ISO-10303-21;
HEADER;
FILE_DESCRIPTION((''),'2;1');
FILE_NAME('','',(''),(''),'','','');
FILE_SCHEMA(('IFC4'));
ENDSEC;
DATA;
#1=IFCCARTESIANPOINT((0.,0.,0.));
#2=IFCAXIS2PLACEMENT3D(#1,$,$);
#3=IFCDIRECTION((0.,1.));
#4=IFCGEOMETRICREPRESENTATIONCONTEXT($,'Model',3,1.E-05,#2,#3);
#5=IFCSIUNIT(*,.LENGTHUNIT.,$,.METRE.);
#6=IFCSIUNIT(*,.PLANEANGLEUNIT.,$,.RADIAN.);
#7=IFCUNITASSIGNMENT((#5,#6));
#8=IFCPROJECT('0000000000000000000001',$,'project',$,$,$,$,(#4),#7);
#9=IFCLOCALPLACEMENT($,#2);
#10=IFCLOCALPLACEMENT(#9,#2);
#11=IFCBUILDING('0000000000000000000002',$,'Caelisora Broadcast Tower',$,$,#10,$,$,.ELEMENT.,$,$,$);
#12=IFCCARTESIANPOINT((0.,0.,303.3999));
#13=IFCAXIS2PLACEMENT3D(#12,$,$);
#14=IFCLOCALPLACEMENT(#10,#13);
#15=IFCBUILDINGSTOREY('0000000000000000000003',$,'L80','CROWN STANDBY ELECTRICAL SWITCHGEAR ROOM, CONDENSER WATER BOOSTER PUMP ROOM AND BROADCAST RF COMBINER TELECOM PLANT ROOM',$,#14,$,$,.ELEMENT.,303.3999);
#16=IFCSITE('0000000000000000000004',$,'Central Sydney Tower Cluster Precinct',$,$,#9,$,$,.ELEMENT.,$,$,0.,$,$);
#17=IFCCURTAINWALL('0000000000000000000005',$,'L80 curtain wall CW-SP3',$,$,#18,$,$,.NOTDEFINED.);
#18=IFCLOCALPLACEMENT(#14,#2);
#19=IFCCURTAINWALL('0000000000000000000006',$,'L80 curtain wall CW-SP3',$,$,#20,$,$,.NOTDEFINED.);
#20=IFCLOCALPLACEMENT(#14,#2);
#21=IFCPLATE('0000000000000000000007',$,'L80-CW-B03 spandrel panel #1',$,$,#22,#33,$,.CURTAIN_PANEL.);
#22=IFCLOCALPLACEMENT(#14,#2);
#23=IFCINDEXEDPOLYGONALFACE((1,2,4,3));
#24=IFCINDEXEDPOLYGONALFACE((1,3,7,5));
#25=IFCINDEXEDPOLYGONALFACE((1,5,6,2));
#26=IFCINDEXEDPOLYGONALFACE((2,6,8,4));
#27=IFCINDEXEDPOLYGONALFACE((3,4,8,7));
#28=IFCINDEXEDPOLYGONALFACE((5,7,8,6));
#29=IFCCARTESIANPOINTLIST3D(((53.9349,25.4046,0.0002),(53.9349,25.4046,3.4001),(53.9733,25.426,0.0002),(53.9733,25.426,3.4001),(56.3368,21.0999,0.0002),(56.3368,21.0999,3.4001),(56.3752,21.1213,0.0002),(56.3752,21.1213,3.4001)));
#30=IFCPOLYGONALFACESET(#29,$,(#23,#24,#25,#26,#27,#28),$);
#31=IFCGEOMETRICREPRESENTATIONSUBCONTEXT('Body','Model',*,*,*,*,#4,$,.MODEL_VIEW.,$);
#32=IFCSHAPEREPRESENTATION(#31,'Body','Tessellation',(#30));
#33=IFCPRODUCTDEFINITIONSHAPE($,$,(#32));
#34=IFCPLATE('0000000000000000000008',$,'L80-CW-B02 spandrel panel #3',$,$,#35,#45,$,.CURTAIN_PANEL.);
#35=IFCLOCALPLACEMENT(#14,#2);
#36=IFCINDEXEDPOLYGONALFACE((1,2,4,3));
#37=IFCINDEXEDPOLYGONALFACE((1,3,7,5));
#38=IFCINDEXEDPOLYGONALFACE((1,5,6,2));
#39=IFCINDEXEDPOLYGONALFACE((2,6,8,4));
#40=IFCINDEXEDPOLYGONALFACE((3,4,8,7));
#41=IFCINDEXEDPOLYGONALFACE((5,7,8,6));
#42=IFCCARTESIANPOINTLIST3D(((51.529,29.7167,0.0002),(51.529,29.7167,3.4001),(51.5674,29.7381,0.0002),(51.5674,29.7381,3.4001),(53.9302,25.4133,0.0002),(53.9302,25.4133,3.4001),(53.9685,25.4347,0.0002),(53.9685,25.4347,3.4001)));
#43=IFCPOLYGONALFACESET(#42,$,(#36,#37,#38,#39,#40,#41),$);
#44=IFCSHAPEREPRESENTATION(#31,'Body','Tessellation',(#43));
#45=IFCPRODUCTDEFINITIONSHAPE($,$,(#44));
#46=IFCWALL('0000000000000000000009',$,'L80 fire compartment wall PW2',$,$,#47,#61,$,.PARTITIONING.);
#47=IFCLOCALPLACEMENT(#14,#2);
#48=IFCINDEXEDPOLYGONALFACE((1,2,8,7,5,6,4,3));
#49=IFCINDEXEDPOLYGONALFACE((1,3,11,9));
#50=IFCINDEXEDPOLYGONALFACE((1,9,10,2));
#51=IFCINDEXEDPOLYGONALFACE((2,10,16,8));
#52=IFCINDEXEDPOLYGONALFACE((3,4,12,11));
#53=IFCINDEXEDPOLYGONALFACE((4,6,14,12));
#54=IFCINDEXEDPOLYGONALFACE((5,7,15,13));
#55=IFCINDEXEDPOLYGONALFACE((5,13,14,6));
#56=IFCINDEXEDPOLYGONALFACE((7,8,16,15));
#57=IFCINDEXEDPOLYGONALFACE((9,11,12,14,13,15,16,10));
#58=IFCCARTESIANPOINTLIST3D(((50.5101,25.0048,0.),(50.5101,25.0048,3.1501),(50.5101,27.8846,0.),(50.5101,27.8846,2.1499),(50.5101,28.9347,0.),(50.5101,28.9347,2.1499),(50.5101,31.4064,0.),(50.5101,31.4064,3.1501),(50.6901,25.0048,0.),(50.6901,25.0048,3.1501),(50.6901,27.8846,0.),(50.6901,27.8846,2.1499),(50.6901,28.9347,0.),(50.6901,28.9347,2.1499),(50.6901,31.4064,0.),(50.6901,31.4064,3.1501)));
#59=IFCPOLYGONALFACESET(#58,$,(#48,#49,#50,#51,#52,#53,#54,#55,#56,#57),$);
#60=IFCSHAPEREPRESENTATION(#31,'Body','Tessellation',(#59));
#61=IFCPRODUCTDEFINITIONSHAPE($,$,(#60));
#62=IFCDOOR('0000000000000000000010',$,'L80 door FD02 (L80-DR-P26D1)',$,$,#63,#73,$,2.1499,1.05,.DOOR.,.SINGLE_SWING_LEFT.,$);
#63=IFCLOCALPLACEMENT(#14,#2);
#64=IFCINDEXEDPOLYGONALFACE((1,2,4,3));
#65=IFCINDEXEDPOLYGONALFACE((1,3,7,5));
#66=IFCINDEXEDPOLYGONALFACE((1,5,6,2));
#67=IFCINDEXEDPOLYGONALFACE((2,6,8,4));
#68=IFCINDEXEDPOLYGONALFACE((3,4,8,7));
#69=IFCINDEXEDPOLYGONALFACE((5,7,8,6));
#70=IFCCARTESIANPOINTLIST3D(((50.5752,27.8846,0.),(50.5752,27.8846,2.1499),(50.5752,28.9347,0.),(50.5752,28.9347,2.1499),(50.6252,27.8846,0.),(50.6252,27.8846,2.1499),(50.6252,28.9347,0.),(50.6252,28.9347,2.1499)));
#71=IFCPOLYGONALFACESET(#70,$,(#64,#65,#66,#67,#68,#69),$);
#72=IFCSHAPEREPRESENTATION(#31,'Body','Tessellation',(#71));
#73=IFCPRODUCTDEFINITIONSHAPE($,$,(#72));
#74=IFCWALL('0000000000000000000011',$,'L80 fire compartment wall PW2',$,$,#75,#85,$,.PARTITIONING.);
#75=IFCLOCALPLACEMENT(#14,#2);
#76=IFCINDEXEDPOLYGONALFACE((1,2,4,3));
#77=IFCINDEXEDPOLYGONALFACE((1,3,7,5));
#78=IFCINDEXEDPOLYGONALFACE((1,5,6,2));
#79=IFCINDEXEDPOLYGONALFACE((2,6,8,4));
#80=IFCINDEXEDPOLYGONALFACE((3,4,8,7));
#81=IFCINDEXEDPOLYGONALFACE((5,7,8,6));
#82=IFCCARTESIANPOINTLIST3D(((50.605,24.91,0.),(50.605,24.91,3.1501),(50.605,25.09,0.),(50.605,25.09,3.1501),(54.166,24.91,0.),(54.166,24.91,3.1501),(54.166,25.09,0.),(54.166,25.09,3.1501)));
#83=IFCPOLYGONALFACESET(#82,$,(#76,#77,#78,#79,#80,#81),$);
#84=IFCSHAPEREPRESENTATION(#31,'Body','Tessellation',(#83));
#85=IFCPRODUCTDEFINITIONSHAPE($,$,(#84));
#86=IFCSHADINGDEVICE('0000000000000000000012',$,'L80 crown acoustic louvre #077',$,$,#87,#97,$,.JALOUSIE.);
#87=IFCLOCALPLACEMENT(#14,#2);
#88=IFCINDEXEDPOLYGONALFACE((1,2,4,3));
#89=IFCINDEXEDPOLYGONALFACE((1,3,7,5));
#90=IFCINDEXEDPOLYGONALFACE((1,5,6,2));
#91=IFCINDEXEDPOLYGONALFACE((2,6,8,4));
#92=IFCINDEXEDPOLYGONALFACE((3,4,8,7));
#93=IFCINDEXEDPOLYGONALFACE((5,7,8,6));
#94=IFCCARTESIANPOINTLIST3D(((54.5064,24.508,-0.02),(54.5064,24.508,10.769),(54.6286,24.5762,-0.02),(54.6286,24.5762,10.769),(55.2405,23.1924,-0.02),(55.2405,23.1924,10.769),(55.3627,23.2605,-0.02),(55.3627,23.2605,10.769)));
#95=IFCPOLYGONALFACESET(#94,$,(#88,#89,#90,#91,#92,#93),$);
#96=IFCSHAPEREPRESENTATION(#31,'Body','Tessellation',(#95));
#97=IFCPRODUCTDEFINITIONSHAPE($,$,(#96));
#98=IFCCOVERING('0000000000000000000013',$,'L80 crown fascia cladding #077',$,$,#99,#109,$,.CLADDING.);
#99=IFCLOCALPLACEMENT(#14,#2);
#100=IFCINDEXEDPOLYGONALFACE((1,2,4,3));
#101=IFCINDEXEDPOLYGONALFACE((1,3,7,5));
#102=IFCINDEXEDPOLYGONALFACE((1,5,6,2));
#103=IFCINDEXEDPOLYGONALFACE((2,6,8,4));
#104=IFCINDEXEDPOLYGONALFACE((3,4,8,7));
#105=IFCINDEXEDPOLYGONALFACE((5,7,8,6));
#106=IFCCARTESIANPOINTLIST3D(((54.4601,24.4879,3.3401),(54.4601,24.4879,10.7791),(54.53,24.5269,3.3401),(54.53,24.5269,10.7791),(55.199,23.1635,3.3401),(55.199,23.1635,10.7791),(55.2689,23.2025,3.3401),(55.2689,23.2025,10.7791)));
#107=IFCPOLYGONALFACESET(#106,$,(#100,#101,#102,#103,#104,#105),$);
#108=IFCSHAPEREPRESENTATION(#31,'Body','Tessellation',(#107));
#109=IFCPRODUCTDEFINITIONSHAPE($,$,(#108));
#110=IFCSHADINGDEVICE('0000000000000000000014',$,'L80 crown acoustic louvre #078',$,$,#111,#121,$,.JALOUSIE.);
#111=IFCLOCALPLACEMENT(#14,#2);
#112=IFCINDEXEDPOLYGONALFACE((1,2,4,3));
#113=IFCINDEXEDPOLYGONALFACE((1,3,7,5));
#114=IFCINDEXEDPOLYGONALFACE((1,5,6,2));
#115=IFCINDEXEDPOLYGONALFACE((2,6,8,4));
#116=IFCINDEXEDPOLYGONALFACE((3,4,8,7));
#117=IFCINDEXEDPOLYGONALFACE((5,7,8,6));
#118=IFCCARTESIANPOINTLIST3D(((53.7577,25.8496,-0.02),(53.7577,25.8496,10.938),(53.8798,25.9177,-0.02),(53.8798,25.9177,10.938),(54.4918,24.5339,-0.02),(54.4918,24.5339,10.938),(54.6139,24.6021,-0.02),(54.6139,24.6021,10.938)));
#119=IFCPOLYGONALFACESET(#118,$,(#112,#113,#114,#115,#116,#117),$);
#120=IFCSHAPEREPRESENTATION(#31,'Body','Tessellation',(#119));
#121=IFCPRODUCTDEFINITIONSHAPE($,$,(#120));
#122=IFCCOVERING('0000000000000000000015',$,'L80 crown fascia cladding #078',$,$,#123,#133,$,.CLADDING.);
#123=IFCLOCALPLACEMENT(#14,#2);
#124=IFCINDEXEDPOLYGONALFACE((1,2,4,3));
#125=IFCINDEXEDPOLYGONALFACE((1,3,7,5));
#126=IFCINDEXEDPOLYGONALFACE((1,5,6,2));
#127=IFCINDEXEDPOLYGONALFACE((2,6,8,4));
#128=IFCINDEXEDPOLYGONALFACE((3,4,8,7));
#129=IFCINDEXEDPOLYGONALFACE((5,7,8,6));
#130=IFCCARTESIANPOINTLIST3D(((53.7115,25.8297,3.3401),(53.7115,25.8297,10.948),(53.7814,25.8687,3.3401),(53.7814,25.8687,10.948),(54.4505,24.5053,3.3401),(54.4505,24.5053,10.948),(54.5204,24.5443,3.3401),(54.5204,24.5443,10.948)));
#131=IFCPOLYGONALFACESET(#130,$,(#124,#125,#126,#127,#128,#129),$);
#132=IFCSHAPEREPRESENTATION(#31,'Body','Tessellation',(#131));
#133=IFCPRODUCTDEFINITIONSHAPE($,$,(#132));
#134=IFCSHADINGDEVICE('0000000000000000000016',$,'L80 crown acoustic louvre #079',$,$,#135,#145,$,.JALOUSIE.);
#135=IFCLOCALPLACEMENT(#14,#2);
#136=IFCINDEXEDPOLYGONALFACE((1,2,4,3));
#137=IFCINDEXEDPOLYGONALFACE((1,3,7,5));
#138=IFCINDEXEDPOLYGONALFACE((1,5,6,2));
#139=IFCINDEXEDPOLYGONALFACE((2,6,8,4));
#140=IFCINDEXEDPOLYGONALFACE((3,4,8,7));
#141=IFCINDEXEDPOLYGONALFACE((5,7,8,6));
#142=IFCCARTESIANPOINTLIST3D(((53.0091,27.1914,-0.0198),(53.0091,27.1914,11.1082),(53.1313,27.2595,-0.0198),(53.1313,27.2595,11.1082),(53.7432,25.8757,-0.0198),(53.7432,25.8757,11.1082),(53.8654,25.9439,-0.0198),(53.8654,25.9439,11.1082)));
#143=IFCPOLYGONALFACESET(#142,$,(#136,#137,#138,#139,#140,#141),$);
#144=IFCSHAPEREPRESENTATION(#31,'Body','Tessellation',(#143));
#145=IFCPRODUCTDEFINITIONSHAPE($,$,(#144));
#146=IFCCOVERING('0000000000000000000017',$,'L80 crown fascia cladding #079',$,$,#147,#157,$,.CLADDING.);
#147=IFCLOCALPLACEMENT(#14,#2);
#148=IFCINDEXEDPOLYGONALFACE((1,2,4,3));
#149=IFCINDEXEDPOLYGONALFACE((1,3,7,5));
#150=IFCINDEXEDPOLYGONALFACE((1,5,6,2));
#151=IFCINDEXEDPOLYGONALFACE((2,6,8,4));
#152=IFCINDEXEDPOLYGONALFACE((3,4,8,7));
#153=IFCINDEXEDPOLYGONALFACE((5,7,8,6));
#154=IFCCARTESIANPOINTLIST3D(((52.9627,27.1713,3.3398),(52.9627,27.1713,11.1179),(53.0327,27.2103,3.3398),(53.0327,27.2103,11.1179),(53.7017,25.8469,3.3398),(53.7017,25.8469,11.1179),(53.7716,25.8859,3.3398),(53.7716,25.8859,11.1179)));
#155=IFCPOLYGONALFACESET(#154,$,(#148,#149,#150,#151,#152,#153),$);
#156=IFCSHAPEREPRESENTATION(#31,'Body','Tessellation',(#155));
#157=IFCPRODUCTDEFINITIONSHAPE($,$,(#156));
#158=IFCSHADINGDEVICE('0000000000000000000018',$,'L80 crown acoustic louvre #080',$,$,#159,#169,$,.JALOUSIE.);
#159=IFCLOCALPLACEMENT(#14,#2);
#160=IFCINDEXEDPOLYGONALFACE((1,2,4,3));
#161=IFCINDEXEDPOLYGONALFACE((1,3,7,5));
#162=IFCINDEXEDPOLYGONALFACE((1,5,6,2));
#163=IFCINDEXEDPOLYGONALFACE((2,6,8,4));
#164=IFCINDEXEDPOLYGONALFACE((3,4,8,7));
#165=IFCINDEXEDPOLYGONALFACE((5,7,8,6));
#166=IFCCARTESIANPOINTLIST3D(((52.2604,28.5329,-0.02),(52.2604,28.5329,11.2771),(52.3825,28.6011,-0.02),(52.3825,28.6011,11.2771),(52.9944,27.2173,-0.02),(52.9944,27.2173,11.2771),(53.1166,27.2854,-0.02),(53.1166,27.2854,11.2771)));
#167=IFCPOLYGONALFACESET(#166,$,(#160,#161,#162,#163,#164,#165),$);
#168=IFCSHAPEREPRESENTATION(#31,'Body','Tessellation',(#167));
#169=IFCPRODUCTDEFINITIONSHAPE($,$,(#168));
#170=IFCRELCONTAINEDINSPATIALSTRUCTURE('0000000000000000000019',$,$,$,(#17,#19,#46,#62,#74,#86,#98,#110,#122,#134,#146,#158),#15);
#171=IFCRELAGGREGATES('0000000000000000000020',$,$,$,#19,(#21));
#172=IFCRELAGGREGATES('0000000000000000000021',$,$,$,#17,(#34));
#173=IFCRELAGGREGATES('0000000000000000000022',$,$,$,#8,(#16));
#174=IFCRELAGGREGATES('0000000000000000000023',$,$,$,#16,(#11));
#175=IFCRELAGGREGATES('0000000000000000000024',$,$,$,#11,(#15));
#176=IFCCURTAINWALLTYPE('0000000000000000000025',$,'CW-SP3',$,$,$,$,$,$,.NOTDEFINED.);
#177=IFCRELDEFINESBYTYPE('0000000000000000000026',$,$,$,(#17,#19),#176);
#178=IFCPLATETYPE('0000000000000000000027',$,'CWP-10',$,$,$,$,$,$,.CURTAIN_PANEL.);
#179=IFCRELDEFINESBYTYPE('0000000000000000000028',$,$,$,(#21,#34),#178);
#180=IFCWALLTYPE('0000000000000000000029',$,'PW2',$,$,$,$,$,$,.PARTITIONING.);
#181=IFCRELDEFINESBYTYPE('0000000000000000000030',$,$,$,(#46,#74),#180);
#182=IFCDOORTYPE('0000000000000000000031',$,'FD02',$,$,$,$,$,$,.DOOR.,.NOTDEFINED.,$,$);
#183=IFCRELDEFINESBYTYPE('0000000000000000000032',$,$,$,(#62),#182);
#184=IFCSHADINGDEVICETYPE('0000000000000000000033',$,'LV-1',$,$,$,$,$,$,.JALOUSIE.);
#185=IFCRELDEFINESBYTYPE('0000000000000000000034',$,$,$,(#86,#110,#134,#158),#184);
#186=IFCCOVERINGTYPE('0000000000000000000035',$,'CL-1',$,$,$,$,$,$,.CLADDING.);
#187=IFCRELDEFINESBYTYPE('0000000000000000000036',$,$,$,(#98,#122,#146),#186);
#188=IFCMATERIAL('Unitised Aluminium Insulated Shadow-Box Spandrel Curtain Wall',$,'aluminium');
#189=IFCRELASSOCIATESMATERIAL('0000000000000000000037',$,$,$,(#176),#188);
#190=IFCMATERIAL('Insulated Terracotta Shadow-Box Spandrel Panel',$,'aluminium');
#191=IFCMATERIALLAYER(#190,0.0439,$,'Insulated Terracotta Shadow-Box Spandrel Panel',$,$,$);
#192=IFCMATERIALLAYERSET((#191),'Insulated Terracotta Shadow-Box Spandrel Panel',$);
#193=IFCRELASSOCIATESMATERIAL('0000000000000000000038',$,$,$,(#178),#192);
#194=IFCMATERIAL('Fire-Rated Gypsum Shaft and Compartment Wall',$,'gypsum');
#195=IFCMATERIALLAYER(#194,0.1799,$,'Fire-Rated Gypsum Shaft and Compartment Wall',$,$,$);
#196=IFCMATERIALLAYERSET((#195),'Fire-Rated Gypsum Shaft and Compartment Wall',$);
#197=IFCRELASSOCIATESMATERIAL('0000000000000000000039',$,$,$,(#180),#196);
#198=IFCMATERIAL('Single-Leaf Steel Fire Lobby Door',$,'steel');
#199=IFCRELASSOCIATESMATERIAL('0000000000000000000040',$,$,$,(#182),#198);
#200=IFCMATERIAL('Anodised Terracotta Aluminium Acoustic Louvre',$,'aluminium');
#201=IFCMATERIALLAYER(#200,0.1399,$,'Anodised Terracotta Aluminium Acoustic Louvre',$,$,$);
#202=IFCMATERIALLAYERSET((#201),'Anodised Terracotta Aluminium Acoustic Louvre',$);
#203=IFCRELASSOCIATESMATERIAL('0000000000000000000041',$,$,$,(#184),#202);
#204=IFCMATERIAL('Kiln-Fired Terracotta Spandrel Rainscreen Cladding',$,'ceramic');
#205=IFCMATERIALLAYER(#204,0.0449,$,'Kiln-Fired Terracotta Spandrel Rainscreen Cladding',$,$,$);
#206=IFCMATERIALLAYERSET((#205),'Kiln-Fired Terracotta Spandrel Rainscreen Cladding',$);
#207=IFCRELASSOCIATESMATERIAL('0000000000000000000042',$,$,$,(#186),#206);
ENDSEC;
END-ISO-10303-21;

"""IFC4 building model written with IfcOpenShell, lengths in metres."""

from ifc_helpers import new_model, si_unit, direction, frame, frame_2d, origin, origin_2d, place, context, subcontext, project, spatial, rectangle, extrude, source, transform, mapped, material, layer, layer_set, type_object, type_shapes, element, fill, aggregate, save


model = new_model("IFC4")

# Units and contexts
model_context = context("Model", 3, precision=1e-05, world=origin(), true_north=direction((0.0, 1.0)))
body_context = subcontext(model_context, "Body", "Model", "MODEL_VIEW")
ifc_project = project(units=[si_unit("LENGTHUNIT", "METRE"), si_unit("PLANEANGLEUNIT", "RADIAN")], contexts=[model_context])

# Site, building, storey
site_placement = place(None, origin())
site = spatial("IfcSite", under=ifc_project, at=site_placement, Name="Central Sydney Tower Cluster Precinct", CompositionType="ELEMENT", RefElevation=0.0)
building_placement = place(site_placement, origin())
building = spatial("IfcBuilding", under=site, at=building_placement, Name="Caelisora Broadcast Tower", CompositionType="ELEMENT")
storey_placement = place(building_placement, frame((0.0, 0.0, 303.3999)))
storey = spatial("IfcBuildingStorey", under=building, at=storey_placement, Name="L80", Description="CROWN STANDBY ELECTRICAL SWITCHGEAR ROOM, CONDENSER WATER BOOSTER PUMP ROOM AND BROADCAST RF COMBINER TELECOM PLANT ROOM", CompositionType="ELEMENT", Elevation=303.3999)

# Curtain walls
ifc_material_1 = material(Name="Unitised Aluminium Insulated Shadow-Box Spandrel Curtain Wall", Category="aluminium")
curtain_wall_type = type_object("IfcCurtainWallType", Name="CW-SP3", PredefinedType="NOTDEFINED", material=ifc_material_1)
curtain_wall_1_placement = place(storey_placement, origin())
curtain_wall_1 = element("IfcCurtainWall", 1, at=curtain_wall_1_placement, inside=storey, type_object=curtain_wall_type, Name="L80 curtain wall CW-SP3", PredefinedType="NOTDEFINED")
curtain_wall_2_placement = place(storey_placement, origin())
curtain_wall_2 = element("IfcCurtainWall", 2, at=curtain_wall_2_placement, inside=storey, type_object=curtain_wall_type, Name="L80 curtain wall CW-SP3", PredefinedType="NOTDEFINED")

# Plates
ifc_material_2 = material(Name="Insulated Terracotta Shadow-Box Spandrel Panel", Category="aluminium")
ifc_layer_1 = layer(ifc_material_2, 0.0439, Name="Insulated Terracotta Shadow-Box Spandrel Panel")
ifc_layer_set_1 = layer_set([ifc_layer_1], Name="Insulated Terracotta Shadow-Box Spandrel Panel")
plate_type_1 = type_object("IfcPlateType", Name="CWP-10", PredefinedType="CURTAIN_PANEL", material=ifc_layer_set_1)
shared_shape_1 = source(origin(), body_context, "Body", "SweptSolid", [
    extrude(rectangle(XDim=4.9294, YDim=0.0439, at=origin_2d()), origin(), (0.0, 0.0, 1.0), 3.3999),
])
plate_1_placement = place(storey_placement, frame((55.155, 23.2629, 0.0002), z_axis=(0.0, 0.0, 1.0), x_axis=(0.48725, -0.873262, 0.0)))
plate_1 = element("IfcPlate", 3, at=plate_1_placement, type_object=plate_type_1, Name="L80-CW-B03 spandrel panel #1", PredefinedType="CURTAIN_PANEL", context=body_context, shape_type="MappedRepresentation", body=[
    mapped(shared_shape_1, transform((0.0, 0.0, 0.0), scale=1.0)),
])
aggregate(curtain_wall_2, [plate_1])
shared_shape_2 = source(origin(), body_context, "Body", "SweptSolid", [
    extrude(rectangle(XDim=4.928, YDim=0.0439, at=origin_2d()), origin(), (0.0, 0.0, 1.0), 3.3999),
])
type_shapes(plate_type_1, [shared_shape_1, shared_shape_2])
plate_2_placement = place(storey_placement, frame((52.7488, 27.5757, 0.0002), z_axis=(0.0, 0.0, 1.0), x_axis=(0.48725, -0.873262, 0.0)))
plate_2 = element("IfcPlate", 4, at=plate_2_placement, type_object=plate_type_1, Name="L80-CW-B02 spandrel panel #3", PredefinedType="CURTAIN_PANEL", context=body_context, shape_type="MappedRepresentation", body=[
    mapped(shared_shape_2, transform((0.0, 0.0, 0.0), scale=1.0)),
])
aggregate(curtain_wall_1, [plate_2])

# Wall, opening, door
ifc_material_3 = material(Name="Fire-Rated Gypsum Shaft and Compartment Wall", Category="gypsum")
ifc_layer_2 = layer(ifc_material_3, 0.1799, Name="Fire-Rated Gypsum Shaft and Compartment Wall")
ifc_layer_set_2 = layer_set([ifc_layer_2], Name="Fire-Rated Gypsum Shaft and Compartment Wall")
wall_type = type_object("IfcWallType", Name="PW2", PredefinedType="PARTITIONING", material=ifc_layer_set_2)
wall_1_placement = place(storey_placement, frame((50.6001, 25.0049, 0.0), z_axis=(0.0, 0.0, 1.0), x_axis=(0.0, 1.0, 0.0)))
wall_1 = element("IfcWall", 5, at=wall_1_placement, inside=storey, type_object=wall_type, Name="L80 fire compartment wall PW2", PredefinedType="PARTITIONING", context=body_context, shape_type="SweptSolid", body=[
    extrude(rectangle(XDim=6.4016, YDim=0.1799, at=frame_2d((3.2007, 0.0))), origin(), (0.0, 0.0, 1.0), 3.1501),
])
opening_placement = place(wall_1_placement, frame((2.8799, 0.0, 0.0)))
opening = element("IfcOpeningElement", 6, at=opening_placement, cuts=wall_1, PredefinedType="OPENING", context=body_context, shape_type="SweptSolid", body=[
    extrude(rectangle(XDim=1.05, YDim=2.1499, at=frame_2d((0.5249, 1.075))), frame((0.0, 0.1021, 0.0), z_axis=(0.0, -1.0, 0.0), x_axis=(1.0, 0.0, 0.0)), (0.0, 0.0, 1.0), 0.2039),
])
ifc_material_4 = material(Name="Single-Leaf Steel Fire Lobby Door", Category="steel")
door_type = type_object("IfcDoorType", Name="FD02", OperationType="NOTDEFINED", PredefinedType="DOOR", material=ifc_material_4)
door_placement = place(opening_placement, origin())
door = element("IfcDoor", 7, at=door_placement, inside=storey, type_object=door_type, Name="L80 door FD02 (L80-DR-P26D1)", OperationType="SINGLE_SWING_LEFT", OverallHeight=2.1499, OverallWidth=1.05, PredefinedType="DOOR", context=body_context, shape_type="SweptSolid", body=[
    extrude(rectangle(XDim=1.05, YDim=2.1499, at=frame_2d((0.5249, 1.075))), frame((0.0, 0.0249, 0.0), z_axis=(0.0, -1.0, 0.0), x_axis=(1.0, 0.0, 0.0)), (0.0, 0.0, 1.0), 0.05),
])
fill(opening, door)

# Wall
wall_2_placement = place(storey_placement, frame((50.605, 25.0, 0.0), z_axis=(0.0, 0.0, 1.0), x_axis=(1.0, 0.0, 0.0)))
element("IfcWall", 8, at=wall_2_placement, inside=storey, type_object=wall_type, Name="L80 fire compartment wall PW2", PredefinedType="PARTITIONING", context=body_context, shape_type="SweptSolid", body=[
    extrude(rectangle(XDim=3.561, YDim=0.1799, at=frame_2d((1.7805, 0.0))), origin(), (0.0, 0.0, 1.0), 3.1501),
])

# Shading device
ifc_material_5 = material(Name="Anodised Terracotta Aluminium Acoustic Louvre", Category="aluminium")
ifc_layer_3 = layer(ifc_material_5, 0.1399, Name="Anodised Terracotta Aluminium Acoustic Louvre")
ifc_layer_set_3 = layer_set([ifc_layer_3], Name="Anodised Terracotta Aluminium Acoustic Louvre")
shading_device_type = type_object("IfcShadingDeviceType", Name="LV-1", PredefinedType="JALOUSIE", material=ifc_layer_set_3)
shared_shape_3 = source(origin(), body_context, "Body", "SweptSolid", [
    extrude(rectangle(XDim=1.5066, YDim=0.1399, at=origin_2d()), origin(), (0.0, 0.0, 1.0), 10.7891),
])
shading_device_1_placement = place(storey_placement, frame((54.9346, 23.8843, -0.02), z_axis=(0.0, 0.0, 1.0), x_axis=(-0.48725, 0.873262, 0.0)))
element("IfcShadingDevice", 9, at=shading_device_1_placement, inside=storey, type_object=shading_device_type, Name="L80 crown acoustic louvre #077", PredefinedType="JALOUSIE", context=body_context, shape_type="MappedRepresentation", body=[
    mapped(shared_shape_3, transform((0.0, 0.0, 0.0), scale=1.0)),
])

# Covering
ifc_material_6 = material(Name="Kiln-Fired Terracotta Spandrel Rainscreen Cladding", Category="ceramic")
ifc_layer_4 = layer(ifc_material_6, 0.0449, Name="Kiln-Fired Terracotta Spandrel Rainscreen Cladding")
ifc_layer_set_4 = layer_set([ifc_layer_4], Name="Kiln-Fired Terracotta Spandrel Rainscreen Cladding")
covering_type = type_object("IfcCoveringType", Name="CL-1", PredefinedType="CLADDING", material=ifc_layer_set_4)
shared_shape_4 = source(origin(), body_context, "Body", "SweptSolid", [
    extrude(rectangle(XDim=1.5166, YDim=0.0801, at=origin_2d()), origin(), (0.0, 0.0, 1.0), 7.439),
])
covering_1_placement = place(storey_placement, frame((54.8645, 23.8452, 3.3401), z_axis=(0.0, 0.0, 1.0), x_axis=(-0.48725, 0.873262, 0.0)))
element("IfcCovering", 10, at=covering_1_placement, inside=storey, type_object=covering_type, Name="L80 crown fascia cladding #077", PredefinedType="CLADDING", context=body_context, shape_type="MappedRepresentation", body=[
    mapped(shared_shape_4, transform((0.0, 0.0, 0.0), scale=1.0)),
])

# Shading device
shared_shape_5 = source(origin(), body_context, "Body", "SweptSolid", [
    extrude(rectangle(XDim=1.5066, YDim=0.1399, at=origin_2d()), origin(), (0.0, 0.0, 1.0), 10.958),
])
shading_device_2_placement = place(storey_placement, frame((54.1858, 25.2258, -0.02), z_axis=(0.0, 0.0, 1.0), x_axis=(-0.48725, 0.873262, 0.0)))
element("IfcShadingDevice", 11, at=shading_device_2_placement, inside=storey, type_object=shading_device_type, Name="L80 crown acoustic louvre #078", PredefinedType="JALOUSIE", context=body_context, shape_type="MappedRepresentation", body=[
    mapped(shared_shape_5, transform((0.0, 0.0, 0.0), scale=1.0)),
])

# Covering
shared_shape_6 = source(origin(), body_context, "Body", "SweptSolid", [
    extrude(rectangle(XDim=1.5166, YDim=0.0801, at=origin_2d()), origin(), (0.0, 0.0, 1.0), 7.6079),
])
covering_2_placement = place(storey_placement, frame((54.116, 25.187, 3.3401), z_axis=(0.0, 0.0, 1.0), x_axis=(-0.48725, 0.873262, 0.0)))
element("IfcCovering", 12, at=covering_2_placement, inside=storey, type_object=covering_type, Name="L80 crown fascia cladding #078", PredefinedType="CLADDING", context=body_context, shape_type="MappedRepresentation", body=[
    mapped(shared_shape_6, transform((0.0, 0.0, 0.0), scale=1.0)),
])

# Shading device
shared_shape_7 = source(origin(), body_context, "Body", "SweptSolid", [
    extrude(rectangle(XDim=1.5066, YDim=0.1399, at=origin_2d()), origin(), (0.0, 0.0, 1.0), 11.1279),
])
shading_device_3_placement = place(storey_placement, frame((53.4373, 26.5676, -0.0198), z_axis=(0.0, 0.0, 1.0), x_axis=(-0.48725, 0.873262, 0.0)))
element("IfcShadingDevice", 13, at=shading_device_3_placement, inside=storey, type_object=shading_device_type, Name="L80 crown acoustic louvre #079", PredefinedType="JALOUSIE", context=body_context, shape_type="MappedRepresentation", body=[
    mapped(shared_shape_7, transform((0.0, 0.0, 0.0), scale=1.0)),
])

# Covering
shared_shape_8 = source(origin(), body_context, "Body", "SweptSolid", [
    extrude(rectangle(XDim=1.5166, YDim=0.0801, at=origin_2d()), origin(), (0.0, 0.0, 1.0), 7.7781),
])
covering_3_placement = place(storey_placement, frame((53.3672, 26.5286, 3.3398), z_axis=(0.0, 0.0, 1.0), x_axis=(-0.48725, 0.873262, 0.0)))
element("IfcCovering", 14, at=covering_3_placement, inside=storey, type_object=covering_type, Name="L80 crown fascia cladding #079", PredefinedType="CLADDING", context=body_context, shape_type="MappedRepresentation", body=[
    mapped(shared_shape_8, transform((0.0, 0.0, 0.0), scale=1.0)),
])

# Shading device
shared_shape_9 = source(origin(), body_context, "Body", "SweptSolid", [
    extrude(rectangle(XDim=1.5066, YDim=0.1399, at=origin_2d()), origin(), (0.0, 0.0, 1.0), 11.2971),
])
shading_device_4_placement = place(storey_placement, frame((52.6885, 27.9092, -0.02), z_axis=(0.0, 0.0, 1.0), x_axis=(-0.48725, 0.873262, 0.0)))
element("IfcShadingDevice", 15, at=shading_device_4_placement, inside=storey, type_object=shading_device_type, Name="L80 crown acoustic louvre #080", PredefinedType="JALOUSIE", context=body_context, shape_type="MappedRepresentation", body=[
    mapped(shared_shape_9, transform((0.0, 0.0, 0.0), scale=1.0)),
])

save(model, "model.ifc")
